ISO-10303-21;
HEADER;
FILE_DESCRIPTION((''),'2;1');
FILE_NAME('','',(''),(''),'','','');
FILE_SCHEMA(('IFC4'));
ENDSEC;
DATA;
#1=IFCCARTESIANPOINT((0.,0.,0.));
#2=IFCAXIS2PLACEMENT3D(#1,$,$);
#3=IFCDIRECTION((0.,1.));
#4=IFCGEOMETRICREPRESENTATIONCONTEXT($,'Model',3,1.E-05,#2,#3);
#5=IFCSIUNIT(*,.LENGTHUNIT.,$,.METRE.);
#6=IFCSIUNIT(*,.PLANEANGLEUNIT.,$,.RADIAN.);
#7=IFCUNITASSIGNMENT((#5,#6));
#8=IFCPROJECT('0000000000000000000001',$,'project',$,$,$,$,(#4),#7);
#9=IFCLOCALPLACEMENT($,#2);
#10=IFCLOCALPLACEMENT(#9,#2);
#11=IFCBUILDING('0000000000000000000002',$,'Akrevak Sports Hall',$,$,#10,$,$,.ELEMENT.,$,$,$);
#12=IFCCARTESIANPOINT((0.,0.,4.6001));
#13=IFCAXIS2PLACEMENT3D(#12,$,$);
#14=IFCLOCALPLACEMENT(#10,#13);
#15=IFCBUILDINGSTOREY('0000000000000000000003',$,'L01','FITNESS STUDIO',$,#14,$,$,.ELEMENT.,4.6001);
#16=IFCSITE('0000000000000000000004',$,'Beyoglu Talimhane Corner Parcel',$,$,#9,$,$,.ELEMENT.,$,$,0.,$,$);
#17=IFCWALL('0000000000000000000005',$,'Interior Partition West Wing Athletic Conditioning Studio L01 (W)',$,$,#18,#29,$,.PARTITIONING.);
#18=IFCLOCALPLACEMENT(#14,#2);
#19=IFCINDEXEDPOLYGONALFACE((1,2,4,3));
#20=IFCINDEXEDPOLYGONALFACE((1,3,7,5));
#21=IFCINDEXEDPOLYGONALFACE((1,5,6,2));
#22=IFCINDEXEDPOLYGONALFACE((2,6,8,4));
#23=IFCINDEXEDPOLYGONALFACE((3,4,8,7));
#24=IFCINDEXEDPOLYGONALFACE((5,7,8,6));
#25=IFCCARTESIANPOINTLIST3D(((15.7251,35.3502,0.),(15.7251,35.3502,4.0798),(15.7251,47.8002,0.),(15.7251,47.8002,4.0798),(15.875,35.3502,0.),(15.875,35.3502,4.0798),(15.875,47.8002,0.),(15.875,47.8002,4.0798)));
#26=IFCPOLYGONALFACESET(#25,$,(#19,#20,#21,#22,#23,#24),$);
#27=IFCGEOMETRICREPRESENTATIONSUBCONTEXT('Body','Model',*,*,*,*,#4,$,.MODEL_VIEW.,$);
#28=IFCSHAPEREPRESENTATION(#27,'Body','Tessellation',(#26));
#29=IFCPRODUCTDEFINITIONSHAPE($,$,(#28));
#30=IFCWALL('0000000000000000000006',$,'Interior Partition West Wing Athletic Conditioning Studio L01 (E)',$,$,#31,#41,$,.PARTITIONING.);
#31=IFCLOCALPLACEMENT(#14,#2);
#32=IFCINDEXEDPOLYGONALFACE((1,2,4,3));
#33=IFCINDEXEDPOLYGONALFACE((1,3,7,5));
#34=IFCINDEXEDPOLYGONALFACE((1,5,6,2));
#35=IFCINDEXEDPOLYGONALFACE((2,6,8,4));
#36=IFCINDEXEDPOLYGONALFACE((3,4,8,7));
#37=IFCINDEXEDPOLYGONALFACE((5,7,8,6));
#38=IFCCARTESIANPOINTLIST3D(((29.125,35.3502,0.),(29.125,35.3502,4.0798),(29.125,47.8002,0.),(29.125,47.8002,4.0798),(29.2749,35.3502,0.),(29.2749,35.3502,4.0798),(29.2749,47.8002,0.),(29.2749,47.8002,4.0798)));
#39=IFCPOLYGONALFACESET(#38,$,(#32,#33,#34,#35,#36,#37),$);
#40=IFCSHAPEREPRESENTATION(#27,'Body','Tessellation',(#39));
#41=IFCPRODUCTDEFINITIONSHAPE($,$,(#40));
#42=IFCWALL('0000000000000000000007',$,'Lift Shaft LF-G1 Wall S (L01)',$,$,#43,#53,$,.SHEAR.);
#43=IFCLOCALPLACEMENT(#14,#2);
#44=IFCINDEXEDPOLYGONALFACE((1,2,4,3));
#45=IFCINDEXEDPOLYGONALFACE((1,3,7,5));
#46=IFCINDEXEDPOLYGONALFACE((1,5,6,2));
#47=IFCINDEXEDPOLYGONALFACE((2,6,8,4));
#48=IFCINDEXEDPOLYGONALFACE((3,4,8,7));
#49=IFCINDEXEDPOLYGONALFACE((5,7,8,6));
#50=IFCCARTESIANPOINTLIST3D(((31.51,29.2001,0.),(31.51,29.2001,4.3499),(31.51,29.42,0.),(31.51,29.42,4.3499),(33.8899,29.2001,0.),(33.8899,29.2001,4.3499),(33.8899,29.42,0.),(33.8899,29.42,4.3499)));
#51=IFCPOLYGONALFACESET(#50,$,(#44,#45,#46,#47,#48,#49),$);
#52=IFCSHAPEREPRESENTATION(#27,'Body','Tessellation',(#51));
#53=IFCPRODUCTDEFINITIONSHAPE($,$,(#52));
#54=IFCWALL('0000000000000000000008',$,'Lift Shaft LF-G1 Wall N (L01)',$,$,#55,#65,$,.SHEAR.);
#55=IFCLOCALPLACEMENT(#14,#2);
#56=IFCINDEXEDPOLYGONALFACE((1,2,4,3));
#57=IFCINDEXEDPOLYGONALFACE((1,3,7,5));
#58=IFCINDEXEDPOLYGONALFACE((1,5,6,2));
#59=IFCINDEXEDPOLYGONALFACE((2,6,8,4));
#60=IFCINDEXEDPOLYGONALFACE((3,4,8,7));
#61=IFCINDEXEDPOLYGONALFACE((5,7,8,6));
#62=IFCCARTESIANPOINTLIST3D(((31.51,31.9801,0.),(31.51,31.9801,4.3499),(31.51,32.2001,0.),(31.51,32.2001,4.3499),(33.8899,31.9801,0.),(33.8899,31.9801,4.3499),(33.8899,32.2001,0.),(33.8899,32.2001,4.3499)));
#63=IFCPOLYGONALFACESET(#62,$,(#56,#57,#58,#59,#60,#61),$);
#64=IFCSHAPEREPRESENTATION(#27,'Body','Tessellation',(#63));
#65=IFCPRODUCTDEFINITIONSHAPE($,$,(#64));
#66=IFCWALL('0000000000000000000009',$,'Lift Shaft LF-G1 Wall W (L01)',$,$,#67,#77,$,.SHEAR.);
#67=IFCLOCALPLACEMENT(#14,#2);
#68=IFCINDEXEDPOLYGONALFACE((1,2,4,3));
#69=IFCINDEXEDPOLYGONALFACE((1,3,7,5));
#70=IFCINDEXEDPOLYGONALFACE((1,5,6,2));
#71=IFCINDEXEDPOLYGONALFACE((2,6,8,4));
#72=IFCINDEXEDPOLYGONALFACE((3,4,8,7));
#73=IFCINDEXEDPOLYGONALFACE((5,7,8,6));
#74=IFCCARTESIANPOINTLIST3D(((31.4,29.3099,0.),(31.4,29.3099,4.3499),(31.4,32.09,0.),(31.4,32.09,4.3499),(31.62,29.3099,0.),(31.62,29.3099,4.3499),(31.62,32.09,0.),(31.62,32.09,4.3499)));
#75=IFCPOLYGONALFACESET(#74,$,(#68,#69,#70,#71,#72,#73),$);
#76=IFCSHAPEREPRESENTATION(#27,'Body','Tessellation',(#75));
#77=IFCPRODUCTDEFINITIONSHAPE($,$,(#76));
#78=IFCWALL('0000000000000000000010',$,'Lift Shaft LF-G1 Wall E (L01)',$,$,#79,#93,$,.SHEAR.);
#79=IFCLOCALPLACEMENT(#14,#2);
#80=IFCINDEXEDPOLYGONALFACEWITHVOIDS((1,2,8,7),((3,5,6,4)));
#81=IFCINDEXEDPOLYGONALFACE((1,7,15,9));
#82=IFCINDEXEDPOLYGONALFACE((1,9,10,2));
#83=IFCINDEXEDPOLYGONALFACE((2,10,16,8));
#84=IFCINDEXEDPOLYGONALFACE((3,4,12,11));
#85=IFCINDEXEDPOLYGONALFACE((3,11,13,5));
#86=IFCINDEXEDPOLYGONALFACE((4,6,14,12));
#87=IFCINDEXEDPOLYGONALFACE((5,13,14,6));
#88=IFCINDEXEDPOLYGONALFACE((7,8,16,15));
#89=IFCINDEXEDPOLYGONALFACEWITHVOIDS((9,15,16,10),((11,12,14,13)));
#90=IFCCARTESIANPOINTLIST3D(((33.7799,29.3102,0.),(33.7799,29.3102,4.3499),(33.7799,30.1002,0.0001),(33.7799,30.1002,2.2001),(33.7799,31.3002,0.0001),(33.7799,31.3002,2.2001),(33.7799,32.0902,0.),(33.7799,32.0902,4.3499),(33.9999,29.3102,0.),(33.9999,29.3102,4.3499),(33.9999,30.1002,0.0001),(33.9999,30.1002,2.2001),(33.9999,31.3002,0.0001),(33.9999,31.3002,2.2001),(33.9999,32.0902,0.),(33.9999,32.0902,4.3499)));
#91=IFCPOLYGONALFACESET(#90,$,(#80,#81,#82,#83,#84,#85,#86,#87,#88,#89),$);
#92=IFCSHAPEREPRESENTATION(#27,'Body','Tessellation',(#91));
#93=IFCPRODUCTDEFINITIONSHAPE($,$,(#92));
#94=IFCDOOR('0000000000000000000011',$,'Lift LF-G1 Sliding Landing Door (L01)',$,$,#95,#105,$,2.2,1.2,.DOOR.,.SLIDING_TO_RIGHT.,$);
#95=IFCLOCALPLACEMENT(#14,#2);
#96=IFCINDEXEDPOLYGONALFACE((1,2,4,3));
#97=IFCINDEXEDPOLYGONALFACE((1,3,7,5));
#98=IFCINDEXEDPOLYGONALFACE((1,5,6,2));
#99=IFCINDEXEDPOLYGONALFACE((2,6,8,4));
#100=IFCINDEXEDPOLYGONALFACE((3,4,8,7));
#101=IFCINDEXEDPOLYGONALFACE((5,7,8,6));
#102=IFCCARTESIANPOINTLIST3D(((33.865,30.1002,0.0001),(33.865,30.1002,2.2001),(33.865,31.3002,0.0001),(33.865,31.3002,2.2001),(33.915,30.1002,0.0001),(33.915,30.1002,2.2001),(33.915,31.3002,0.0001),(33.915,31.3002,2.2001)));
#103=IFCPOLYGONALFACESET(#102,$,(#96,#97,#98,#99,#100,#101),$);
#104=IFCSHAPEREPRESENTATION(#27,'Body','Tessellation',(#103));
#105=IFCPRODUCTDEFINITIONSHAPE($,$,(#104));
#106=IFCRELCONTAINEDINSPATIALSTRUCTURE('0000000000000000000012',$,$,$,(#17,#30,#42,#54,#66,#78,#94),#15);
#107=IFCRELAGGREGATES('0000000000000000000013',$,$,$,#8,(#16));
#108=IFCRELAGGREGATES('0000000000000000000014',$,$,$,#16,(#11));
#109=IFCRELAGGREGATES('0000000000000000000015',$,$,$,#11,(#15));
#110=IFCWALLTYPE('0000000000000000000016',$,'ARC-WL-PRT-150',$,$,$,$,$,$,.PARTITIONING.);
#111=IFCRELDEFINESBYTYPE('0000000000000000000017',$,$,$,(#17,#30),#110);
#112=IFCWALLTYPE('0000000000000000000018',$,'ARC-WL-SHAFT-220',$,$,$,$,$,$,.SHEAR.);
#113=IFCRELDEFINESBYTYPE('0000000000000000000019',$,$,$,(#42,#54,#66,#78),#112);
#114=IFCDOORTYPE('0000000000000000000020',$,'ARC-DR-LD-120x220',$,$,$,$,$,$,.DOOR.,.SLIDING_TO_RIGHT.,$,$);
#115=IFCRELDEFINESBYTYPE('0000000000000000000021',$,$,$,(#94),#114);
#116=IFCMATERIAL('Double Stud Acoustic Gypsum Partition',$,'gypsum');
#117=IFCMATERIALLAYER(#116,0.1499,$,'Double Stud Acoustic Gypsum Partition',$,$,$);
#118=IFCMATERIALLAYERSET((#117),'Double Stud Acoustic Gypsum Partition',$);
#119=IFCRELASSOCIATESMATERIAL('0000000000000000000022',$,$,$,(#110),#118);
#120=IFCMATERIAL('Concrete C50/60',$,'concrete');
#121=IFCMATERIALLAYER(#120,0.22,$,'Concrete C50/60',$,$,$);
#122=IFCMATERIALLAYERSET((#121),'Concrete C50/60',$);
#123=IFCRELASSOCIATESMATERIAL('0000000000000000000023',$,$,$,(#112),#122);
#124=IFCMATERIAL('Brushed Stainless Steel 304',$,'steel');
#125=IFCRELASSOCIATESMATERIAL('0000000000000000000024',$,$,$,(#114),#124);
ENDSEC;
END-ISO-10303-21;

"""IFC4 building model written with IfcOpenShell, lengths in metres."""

from ifc_helpers import new_model, si_unit, direction, frame, frame_2d, origin, place, context, subcontext, project, spatial, rectangle, extrude, material, layer, layer_set, type_object, element, fill, save


model = new_model("IFC4")

# Units and contexts
model_context = context("Model", 3, precision=1e-05, world=origin(), true_north=direction((0.0, 1.0)))
body_context = subcontext(model_context, "Body", "Model", "MODEL_VIEW")
ifc_project = project(units=[si_unit("LENGTHUNIT", "METRE"), si_unit("PLANEANGLEUNIT", "RADIAN")], contexts=[model_context])

# Site, building, storey
site_placement = place(None, origin())
site = spatial("IfcSite", under=ifc_project, at=site_placement, Name="Beyoglu Talimhane Corner Parcel", CompositionType="ELEMENT", RefElevation=0.0)
building_placement = place(site_placement, origin())
building = spatial("IfcBuilding", under=site, at=building_placement, Name="Akrevak Sports Hall", CompositionType="ELEMENT")
storey_placement = place(building_placement, frame((0.0, 0.0, 4.6001)))
storey = spatial("IfcBuildingStorey", under=building, at=storey_placement, Name="L01", Description="FITNESS STUDIO", CompositionType="ELEMENT", Elevation=4.6001)

# Shared definitions
ifc_material_1 = material(Name="Concrete C50/60", Category="concrete")

# Shared definitions
ifc_material_2 = material(Name="Double Stud Acoustic Gypsum Partition", Category="gypsum")
ifc_layer_1 = layer(ifc_material_2, 0.1499, Name="Double Stud Acoustic Gypsum Partition")
ifc_layer_set_1 = layer_set([ifc_layer_1], Name="Double Stud Acoustic Gypsum Partition")
wall_type_1 = type_object("IfcWallType", Name="ARC-WL-PRT-150", PredefinedType="PARTITIONING", material=ifc_layer_set_1)

# Walls
for number, where, z_axis, x_axis, name in (
    (1, (15.8, 35.3501, 0.0), (0.0, 0.0, 1.0), (0.0, 1.0, 0.0), "Interior Partition West Wing Athletic Conditioning Studio L01 (W)"),
    (2, (29.2, 35.3501, 0.0), (0.0, 0.0, 1.0), (0.0, 1.0, 0.0), "Interior Partition West Wing Athletic Conditioning Studio L01 (E)"),
):
    element("IfcWall", number, at=place(storey_placement, frame(where, z_axis=z_axis, x_axis=x_axis)), inside=storey, type_object=wall_type_1, Name=name, PredefinedType="PARTITIONING", context=body_context, shape_type="SweptSolid", body=[
        extrude(rectangle(XDim=12.45, YDim=0.1499, at=frame_2d((6.2251, 0.0))), origin(), (0.0, 0.0, 1.0), 4.0798),
    ])
ifc_layer_2 = layer(ifc_material_1, 0.22, Name="Concrete C50/60")
ifc_layer_set_2 = layer_set([ifc_layer_2], Name="Concrete C50/60")
wall_type_2 = type_object("IfcWallType", Name="ARC-WL-SHAFT-220", PredefinedType="SHEAR", material=ifc_layer_set_2)
for number, where, z_axis, x_axis, name in (
    (3, (31.51, 29.3101, 0.0), (0.0, 0.0, 1.0), (1.0, 0.0, 0.0), "Lift Shaft LF-G1 Wall S (L01)"),
    (4, (33.8899, 32.0901, 0.0), (0.0, 0.0, 1.0), (-1.0, 0.0, 0.0), "Lift Shaft LF-G1 Wall N (L01)"),
):
    element("IfcWall", number, at=place(storey_placement, frame(where, z_axis=z_axis, x_axis=x_axis)), inside=storey, type_object=wall_type_2, Name=name, PredefinedType="SHEAR", context=body_context, shape_type="SweptSolid", body=[
        extrude(rectangle(XDim=2.3799, YDim=0.22, at=frame_2d((1.1899, 0.0))), origin(), (0.0, 0.0, 1.0), 4.3499),
    ])
wall_1_placement = place(storey_placement, frame((31.51, 32.0901, 0.0), z_axis=(0.0, 0.0, 1.0), x_axis=(0.0, -1.0, 0.0)))
element("IfcWall", 5, at=wall_1_placement, inside=storey, type_object=wall_type_2, Name="Lift Shaft LF-G1 Wall W (L01)", PredefinedType="SHEAR", context=body_context, shape_type="SweptSolid", body=[
    extrude(rectangle(XDim=2.78, YDim=0.22, at=frame_2d((1.3901, 0.0))), origin(), (0.0, 0.0, 1.0), 4.3499),
])

# Wall, opening, door
wall_2_placement = place(storey_placement, frame((33.8899, 29.3101, 0.0), z_axis=(0.0, 0.0, 1.0), x_axis=(0.0, 1.0, 0.0)))
wall_2 = element("IfcWall", 6, at=wall_2_placement, inside=storey, type_object=wall_type_2, Name="Lift Shaft LF-G1 Wall E (L01)", PredefinedType="SHEAR", context=body_context, shape_type="SweptSolid", body=[
    extrude(rectangle(XDim=2.78, YDim=0.22, at=frame_2d((1.3901, 0.0))), origin(), (0.0, 0.0, 1.0), 4.3499),
])
opening_1_placement = place(wall_2_placement, frame((0.79, 0.0, 0.0)))
opening_1 = element("IfcOpeningElement", 7, at=opening_1_placement, cuts=wall_2, PredefinedType="OPENING", context=body_context, shape_type="SweptSolid", body=[
    extrude(rectangle(XDim=1.2, YDim=2.2, at=frame_2d((0.6001, 1.1001))), frame((0.0, 0.1221, 0.0), z_axis=(0.0, -1.0, 0.0), x_axis=(1.0, 0.0, 0.0)), (0.0, 0.0, 1.0), 0.2439),
])
ifc_material_3 = material(Name="Brushed Stainless Steel 304", Category="steel")
door_type_1 = type_object("IfcDoorType", Name="ARC-DR-LD-120x220", OperationType="SLIDING_TO_RIGHT", PredefinedType="DOOR", material=ifc_material_3)
door_1_placement = place(opening_1_placement, origin())
door_1 = element("IfcDoor", 8, at=door_1_placement, inside=storey, type_object=door_type_1, Name="Lift LF-G1 Sliding Landing Door (L01)", OperationType="SLIDING_TO_RIGHT", OverallHeight=2.2, OverallWidth=1.2, PredefinedType="DOOR", context=body_context, shape_type="SweptSolid", body=[
    extrude(rectangle(XDim=1.2, YDim=2.2, at=frame_2d((0.6001, 1.1001))), frame((0.0, 0.0249, 0.0), z_axis=(0.0, -1.0, 0.0), x_axis=(1.0, 0.0, 0.0)), (0.0, 0.0, 1.0), 0.05),
])
fill(opening_1, door_1)

save(model, "model.ifc")
